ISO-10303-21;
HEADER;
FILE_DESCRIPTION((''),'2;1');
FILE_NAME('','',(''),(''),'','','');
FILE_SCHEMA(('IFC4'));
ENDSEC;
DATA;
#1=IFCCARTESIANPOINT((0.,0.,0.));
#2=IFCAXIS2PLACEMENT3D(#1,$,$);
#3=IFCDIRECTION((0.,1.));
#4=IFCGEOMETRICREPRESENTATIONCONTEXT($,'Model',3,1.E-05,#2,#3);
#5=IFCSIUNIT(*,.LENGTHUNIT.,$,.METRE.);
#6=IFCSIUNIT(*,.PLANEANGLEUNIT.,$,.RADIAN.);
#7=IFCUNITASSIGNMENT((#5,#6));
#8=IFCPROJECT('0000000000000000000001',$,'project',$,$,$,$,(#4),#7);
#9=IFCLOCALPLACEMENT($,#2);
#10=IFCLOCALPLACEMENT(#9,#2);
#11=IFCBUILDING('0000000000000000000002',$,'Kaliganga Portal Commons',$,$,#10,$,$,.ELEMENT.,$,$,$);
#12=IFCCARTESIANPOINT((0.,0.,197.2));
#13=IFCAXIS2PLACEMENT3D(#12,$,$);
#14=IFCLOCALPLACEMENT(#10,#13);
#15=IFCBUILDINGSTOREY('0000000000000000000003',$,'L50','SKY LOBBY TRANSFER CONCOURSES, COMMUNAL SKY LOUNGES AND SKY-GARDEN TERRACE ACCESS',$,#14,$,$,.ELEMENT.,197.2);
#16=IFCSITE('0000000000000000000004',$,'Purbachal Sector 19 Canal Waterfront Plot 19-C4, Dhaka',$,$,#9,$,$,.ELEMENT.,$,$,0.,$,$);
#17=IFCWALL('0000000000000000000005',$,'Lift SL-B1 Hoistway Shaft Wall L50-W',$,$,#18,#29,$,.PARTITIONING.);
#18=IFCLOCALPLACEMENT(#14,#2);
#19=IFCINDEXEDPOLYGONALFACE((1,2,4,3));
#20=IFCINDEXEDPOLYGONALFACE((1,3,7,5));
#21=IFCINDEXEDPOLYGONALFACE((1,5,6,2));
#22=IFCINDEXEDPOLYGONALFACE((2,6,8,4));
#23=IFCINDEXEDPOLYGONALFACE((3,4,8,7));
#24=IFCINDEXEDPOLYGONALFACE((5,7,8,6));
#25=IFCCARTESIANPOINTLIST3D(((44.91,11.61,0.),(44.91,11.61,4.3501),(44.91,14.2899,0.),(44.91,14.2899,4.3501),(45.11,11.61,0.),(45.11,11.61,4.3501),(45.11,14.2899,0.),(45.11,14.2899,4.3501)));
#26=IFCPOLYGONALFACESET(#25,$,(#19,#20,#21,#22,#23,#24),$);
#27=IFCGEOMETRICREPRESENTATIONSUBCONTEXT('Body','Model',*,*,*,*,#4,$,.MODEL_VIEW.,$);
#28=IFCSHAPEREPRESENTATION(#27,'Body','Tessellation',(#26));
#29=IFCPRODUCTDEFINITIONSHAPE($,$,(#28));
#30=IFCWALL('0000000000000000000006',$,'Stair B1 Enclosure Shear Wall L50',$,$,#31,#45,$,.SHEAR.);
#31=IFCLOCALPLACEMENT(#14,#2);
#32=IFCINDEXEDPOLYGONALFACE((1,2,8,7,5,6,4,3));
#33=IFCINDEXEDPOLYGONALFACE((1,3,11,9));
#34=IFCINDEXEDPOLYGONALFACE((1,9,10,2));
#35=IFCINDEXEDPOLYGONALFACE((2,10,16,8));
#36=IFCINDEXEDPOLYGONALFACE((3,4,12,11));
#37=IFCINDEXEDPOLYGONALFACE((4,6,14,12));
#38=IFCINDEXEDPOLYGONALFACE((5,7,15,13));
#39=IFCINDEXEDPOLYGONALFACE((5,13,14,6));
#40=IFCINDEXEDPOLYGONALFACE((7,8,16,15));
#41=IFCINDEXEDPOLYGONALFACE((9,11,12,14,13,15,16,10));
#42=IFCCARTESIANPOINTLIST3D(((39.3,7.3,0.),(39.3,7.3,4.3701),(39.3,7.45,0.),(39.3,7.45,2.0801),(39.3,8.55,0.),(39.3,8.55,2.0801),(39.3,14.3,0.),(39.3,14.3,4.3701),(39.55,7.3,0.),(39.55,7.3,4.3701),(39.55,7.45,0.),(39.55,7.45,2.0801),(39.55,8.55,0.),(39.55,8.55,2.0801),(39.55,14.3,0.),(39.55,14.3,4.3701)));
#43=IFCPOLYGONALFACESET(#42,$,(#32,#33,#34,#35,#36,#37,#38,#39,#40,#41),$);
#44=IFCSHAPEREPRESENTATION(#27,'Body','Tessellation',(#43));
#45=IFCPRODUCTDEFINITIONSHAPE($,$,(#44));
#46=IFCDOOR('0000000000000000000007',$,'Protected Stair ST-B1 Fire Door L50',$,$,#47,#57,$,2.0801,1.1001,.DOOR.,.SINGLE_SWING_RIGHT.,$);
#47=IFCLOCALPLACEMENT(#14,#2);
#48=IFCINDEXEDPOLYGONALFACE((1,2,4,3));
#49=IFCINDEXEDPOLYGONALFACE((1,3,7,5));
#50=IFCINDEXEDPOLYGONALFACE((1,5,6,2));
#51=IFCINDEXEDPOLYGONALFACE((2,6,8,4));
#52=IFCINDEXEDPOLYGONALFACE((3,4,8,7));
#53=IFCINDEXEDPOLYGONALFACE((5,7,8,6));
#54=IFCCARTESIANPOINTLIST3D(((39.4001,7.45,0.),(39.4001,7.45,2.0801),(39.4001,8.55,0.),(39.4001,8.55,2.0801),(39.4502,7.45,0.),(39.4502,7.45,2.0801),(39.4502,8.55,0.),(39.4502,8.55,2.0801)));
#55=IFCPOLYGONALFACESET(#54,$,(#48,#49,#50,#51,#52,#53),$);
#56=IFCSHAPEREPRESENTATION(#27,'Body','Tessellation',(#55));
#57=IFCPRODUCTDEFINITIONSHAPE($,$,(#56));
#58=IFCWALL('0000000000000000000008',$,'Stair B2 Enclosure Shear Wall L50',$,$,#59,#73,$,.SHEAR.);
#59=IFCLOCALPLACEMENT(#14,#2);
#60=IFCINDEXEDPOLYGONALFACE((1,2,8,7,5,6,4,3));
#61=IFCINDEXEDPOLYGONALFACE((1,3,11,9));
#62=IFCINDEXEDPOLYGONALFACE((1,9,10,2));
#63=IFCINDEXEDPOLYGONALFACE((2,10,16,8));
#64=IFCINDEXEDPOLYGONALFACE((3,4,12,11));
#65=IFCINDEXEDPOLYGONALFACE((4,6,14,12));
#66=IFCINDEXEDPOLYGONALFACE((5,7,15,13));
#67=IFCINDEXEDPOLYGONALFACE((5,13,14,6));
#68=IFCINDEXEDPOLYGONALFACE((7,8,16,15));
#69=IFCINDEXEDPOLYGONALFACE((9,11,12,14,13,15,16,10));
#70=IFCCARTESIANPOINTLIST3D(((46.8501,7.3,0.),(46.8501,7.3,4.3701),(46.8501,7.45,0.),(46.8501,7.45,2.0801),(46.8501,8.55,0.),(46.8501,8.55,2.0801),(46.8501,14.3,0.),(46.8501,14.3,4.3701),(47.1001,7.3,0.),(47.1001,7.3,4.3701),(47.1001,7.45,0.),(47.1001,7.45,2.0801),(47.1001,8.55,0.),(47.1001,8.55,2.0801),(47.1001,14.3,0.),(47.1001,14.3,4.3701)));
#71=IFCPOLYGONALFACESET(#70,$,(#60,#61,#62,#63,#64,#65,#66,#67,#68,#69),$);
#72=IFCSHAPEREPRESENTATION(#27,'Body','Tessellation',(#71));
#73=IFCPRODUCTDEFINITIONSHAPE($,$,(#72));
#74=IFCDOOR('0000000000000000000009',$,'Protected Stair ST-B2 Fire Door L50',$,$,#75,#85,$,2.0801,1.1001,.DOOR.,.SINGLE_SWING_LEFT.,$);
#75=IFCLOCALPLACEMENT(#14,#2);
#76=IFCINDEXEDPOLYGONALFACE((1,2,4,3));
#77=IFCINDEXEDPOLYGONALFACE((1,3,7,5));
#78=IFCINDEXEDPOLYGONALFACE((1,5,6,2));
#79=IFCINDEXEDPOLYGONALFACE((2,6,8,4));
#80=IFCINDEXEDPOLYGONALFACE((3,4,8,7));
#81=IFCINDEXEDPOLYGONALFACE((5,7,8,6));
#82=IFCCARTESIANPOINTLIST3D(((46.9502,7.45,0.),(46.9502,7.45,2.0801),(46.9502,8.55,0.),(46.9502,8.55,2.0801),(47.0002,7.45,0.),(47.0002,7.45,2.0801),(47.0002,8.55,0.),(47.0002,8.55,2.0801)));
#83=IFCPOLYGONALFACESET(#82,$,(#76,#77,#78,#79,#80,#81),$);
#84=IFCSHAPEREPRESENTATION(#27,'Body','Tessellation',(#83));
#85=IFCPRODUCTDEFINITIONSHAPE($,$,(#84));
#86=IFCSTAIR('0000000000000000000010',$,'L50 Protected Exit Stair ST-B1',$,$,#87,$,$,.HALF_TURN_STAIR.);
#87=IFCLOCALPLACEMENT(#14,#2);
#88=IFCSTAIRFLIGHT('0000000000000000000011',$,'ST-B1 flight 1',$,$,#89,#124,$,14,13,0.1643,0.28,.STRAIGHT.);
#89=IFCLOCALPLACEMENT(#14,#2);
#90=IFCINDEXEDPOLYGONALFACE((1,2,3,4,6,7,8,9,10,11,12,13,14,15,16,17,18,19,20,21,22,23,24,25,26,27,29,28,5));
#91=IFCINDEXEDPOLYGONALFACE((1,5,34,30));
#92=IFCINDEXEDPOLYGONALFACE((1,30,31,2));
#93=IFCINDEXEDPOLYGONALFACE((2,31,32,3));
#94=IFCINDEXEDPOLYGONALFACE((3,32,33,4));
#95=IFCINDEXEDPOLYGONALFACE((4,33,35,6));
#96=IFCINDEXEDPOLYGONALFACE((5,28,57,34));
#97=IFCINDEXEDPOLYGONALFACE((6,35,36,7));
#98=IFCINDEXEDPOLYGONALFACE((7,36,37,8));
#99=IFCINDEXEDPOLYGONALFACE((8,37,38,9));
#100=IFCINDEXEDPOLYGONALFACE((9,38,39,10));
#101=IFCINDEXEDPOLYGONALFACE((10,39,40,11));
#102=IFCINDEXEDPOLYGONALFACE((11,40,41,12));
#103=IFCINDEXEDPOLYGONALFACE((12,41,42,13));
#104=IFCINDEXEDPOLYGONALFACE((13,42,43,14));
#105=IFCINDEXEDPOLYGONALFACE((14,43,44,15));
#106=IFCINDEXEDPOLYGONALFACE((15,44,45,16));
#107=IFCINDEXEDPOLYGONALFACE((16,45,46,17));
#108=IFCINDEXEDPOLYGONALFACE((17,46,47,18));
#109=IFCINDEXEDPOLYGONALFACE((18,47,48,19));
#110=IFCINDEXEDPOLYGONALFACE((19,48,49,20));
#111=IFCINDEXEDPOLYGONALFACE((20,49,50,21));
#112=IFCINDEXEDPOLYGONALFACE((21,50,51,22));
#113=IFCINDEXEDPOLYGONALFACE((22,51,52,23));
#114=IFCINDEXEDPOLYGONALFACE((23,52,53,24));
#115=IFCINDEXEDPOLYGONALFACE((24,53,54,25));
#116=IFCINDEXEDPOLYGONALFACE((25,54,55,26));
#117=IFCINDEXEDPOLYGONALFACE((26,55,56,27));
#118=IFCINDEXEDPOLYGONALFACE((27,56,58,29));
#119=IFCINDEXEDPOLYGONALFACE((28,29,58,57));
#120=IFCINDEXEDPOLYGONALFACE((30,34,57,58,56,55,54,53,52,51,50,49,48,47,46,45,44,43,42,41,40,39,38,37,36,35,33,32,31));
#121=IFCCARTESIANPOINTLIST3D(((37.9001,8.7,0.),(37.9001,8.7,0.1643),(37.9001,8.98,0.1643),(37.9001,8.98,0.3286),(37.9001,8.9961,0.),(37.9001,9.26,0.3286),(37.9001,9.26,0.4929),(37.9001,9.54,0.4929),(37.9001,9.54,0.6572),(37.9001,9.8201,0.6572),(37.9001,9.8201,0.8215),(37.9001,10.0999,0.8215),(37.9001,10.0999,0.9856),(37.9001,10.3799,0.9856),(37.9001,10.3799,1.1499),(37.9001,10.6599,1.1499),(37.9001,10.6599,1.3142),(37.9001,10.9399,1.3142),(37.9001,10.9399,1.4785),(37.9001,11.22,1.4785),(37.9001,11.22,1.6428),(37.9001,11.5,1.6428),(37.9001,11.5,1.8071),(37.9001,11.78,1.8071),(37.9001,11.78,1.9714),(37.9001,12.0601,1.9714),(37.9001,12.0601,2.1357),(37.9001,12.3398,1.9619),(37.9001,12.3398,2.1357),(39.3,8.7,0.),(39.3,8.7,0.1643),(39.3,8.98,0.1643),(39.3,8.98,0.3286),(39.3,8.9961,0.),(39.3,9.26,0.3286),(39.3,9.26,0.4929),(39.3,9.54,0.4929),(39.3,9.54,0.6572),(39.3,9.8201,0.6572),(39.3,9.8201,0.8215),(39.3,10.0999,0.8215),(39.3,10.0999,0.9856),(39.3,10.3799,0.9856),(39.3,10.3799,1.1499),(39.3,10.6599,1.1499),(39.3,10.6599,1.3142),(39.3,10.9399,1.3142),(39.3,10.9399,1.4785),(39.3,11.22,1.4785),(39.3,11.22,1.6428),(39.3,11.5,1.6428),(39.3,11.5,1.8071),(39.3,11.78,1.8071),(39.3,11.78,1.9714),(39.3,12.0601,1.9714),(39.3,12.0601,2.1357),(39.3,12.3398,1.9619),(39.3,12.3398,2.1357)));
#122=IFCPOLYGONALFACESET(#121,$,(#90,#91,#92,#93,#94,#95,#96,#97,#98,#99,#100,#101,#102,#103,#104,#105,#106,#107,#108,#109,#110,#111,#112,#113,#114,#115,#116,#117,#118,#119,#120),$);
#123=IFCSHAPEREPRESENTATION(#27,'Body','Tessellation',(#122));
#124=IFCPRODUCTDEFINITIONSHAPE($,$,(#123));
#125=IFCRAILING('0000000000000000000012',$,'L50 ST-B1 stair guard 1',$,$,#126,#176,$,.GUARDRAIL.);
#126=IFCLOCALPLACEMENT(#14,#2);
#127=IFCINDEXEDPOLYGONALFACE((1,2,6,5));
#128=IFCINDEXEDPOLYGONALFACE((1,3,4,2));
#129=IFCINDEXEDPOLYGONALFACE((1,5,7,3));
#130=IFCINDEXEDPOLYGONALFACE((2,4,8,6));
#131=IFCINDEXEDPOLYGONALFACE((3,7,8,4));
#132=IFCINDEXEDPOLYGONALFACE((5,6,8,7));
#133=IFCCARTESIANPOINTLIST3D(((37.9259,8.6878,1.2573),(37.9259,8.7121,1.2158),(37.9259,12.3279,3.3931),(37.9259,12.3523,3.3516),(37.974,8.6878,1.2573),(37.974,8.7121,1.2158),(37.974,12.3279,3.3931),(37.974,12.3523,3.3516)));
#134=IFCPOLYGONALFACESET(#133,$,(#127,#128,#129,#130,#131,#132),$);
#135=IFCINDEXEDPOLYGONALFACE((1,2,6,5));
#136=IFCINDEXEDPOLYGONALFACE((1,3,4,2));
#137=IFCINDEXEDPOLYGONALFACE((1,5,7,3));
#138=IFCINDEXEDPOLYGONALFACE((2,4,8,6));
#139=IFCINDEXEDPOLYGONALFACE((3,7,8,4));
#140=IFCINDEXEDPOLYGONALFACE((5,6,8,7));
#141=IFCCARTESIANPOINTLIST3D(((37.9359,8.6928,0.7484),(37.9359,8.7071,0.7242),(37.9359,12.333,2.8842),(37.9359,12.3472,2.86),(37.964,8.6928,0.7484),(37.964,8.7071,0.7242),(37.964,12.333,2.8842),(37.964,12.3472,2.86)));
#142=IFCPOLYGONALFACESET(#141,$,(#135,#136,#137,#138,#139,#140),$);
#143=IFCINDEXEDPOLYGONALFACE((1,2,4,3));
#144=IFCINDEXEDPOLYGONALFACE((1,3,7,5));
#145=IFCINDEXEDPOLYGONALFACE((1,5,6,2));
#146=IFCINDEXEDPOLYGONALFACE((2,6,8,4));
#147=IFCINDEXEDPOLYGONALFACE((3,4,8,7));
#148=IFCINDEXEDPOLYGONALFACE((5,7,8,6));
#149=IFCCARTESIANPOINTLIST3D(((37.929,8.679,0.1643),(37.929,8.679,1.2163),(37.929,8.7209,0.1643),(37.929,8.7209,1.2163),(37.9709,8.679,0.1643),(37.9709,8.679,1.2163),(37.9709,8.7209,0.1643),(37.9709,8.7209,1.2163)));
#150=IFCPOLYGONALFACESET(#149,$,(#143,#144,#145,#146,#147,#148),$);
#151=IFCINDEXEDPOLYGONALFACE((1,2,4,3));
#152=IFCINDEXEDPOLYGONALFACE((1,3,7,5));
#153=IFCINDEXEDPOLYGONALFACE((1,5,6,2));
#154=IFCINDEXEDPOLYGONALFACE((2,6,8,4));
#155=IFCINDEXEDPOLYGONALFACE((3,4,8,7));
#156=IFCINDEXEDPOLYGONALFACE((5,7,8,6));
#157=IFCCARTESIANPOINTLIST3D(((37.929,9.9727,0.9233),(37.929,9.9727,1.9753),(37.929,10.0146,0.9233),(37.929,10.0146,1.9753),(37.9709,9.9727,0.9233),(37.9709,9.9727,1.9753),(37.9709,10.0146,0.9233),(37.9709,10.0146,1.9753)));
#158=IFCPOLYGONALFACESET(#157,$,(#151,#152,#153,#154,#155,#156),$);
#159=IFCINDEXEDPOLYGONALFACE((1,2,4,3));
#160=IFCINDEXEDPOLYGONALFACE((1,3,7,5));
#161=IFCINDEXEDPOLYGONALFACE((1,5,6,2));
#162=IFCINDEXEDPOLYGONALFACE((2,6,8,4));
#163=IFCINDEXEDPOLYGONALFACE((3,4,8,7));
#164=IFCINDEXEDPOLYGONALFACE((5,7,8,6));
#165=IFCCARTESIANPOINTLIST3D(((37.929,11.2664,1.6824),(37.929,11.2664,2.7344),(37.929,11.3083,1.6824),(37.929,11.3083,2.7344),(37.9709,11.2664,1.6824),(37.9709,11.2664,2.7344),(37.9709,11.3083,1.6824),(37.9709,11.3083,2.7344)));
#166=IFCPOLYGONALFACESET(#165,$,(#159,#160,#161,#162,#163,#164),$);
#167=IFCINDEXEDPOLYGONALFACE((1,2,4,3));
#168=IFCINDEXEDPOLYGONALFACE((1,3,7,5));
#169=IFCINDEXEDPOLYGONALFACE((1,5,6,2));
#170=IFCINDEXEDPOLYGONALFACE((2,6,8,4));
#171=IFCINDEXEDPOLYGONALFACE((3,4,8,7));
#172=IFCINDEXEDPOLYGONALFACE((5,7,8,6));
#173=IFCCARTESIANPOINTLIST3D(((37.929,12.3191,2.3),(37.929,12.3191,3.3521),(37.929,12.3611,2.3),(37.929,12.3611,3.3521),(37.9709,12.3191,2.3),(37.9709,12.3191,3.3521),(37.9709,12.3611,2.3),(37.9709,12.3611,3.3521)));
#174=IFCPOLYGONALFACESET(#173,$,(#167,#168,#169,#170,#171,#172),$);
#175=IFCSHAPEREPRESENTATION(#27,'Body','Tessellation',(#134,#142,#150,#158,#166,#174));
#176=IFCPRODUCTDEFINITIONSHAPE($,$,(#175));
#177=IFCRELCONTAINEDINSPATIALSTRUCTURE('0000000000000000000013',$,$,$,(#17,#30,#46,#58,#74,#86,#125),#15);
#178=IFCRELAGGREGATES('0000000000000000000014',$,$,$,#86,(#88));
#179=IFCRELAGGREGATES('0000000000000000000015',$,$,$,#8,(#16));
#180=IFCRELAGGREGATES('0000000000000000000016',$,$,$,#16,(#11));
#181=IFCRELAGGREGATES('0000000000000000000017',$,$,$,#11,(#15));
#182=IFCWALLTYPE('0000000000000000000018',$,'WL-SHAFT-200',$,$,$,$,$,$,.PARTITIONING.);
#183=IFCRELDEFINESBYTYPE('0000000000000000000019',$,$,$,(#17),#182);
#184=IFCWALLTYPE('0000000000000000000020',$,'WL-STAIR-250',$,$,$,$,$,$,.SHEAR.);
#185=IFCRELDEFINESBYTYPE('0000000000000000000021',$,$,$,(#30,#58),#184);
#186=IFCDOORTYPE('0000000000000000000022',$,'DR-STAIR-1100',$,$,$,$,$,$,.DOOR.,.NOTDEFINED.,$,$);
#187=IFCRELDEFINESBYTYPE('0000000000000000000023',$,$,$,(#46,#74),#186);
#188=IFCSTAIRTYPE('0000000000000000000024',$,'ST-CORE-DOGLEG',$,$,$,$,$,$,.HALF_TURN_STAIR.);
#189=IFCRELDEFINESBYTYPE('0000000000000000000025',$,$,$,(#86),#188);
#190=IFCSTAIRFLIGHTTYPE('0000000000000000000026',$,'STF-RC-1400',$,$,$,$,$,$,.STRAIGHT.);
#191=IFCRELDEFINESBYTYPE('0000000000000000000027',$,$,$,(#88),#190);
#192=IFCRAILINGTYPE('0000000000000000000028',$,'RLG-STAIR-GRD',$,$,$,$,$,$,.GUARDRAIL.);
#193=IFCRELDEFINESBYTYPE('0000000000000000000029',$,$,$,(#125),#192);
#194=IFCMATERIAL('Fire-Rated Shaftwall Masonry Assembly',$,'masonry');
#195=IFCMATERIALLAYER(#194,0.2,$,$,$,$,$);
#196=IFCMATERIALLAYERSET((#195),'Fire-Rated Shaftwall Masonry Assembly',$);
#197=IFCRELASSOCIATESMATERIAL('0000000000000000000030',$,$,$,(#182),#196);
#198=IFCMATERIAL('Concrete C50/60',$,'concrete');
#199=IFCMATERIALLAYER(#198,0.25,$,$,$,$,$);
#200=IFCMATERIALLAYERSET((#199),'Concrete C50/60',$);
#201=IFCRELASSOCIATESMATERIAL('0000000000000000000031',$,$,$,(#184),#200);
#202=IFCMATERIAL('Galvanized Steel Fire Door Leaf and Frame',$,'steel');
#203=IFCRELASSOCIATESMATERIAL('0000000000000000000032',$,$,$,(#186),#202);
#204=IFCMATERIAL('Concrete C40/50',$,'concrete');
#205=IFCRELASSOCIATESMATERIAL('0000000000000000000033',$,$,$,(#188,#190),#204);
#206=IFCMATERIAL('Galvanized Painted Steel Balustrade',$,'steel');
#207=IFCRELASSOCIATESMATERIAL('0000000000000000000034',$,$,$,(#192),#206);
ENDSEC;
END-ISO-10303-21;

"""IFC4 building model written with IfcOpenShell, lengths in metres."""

from ifc_helpers import new_model, si_unit, direction, frame, frame_2d, origin, origin_2d, place, context, subcontext, project, spatial, polyline, rectangle, outline, extrude, material, layer, layer_set, type_object, element, fill, aggregate, save


model = new_model("IFC4")

# Units and contexts
model_context = context("Model", 3, precision=1e-05, world=origin(), true_north=direction((0.0, 1.0)))
body_context = subcontext(model_context, "Body", "Model", "MODEL_VIEW")
ifc_project = project(units=[si_unit("LENGTHUNIT", "METRE"), si_unit("PLANEANGLEUNIT", "RADIAN")], contexts=[model_context])

# Site, building, storey
site_placement = place(None, origin())
site = spatial("IfcSite", under=ifc_project, at=site_placement, Name="Purbachal Sector 19 Canal Waterfront Plot 19-C4, Dhaka", CompositionType="ELEMENT", RefElevation=0.0)
building_placement = place(site_placement, origin())
building = spatial("IfcBuilding", under=site, at=building_placement, Name="Kaliganga Portal Commons", CompositionType="ELEMENT")
storey_placement = place(building_placement, frame((0.0, 0.0, 197.2)))
storey = spatial("IfcBuildingStorey", under=building, at=storey_placement, Name="L50", Description="SKY LOBBY TRANSFER CONCOURSES, COMMUNAL SKY LOUNGES AND SKY-GARDEN TERRACE ACCESS", CompositionType="ELEMENT", Elevation=197.2)

# Shared definitions
ifc_material_1 = material(Name="Concrete C50/60", Category="concrete")

# Shared definitions
ifc_material_2 = material(Name="Fire-Rated Shaftwall Masonry Assembly", Category="masonry")
ifc_layer_1 = layer(ifc_material_2, 0.2)
ifc_layer_set_1 = layer_set([ifc_layer_1], Name="Fire-Rated Shaftwall Masonry Assembly")
wall_type_1 = type_object("IfcWallType", Name="WL-SHAFT-200", PredefinedType="PARTITIONING", material=ifc_layer_set_1)

# Wall
wall_1_placement = place(storey_placement, frame((45.01, 11.6101, 0.0), z_axis=(0.0, 0.0, 1.0), x_axis=(0.0, 1.0, 0.0)))
element("IfcWall", 1, at=wall_1_placement, inside=storey, type_object=wall_type_1, Name="Lift SL-B1 Hoistway Shaft Wall L50-W", PredefinedType="PARTITIONING", context=body_context, shape_type="SweptSolid", body=[
    extrude(rectangle(XDim=2.6799, YDim=0.2, at=frame_2d((1.3398, 0.0))), origin(), (0.0, 0.0, 1.0), 4.3501),
])

# Walls, openings, doors
ifc_layer_2 = layer(ifc_material_1, 0.25)
ifc_layer_set_2 = layer_set([ifc_layer_2], Name="Concrete C50/60")
wall_type_2 = type_object("IfcWallType", Name="WL-STAIR-250", PredefinedType="SHEAR", material=ifc_layer_set_2)
wall_2_placement = place(storey_placement, frame((39.425, 7.3, 0.0), z_axis=(0.0, 0.0, 1.0), x_axis=(0.0, 1.0, 0.0)))
wall_2 = element("IfcWall", 2, at=wall_2_placement, inside=storey, type_object=wall_type_2, Name="Stair B1 Enclosure Shear Wall L50", PredefinedType="SHEAR", context=body_context, shape_type="SweptSolid", body=[
    extrude(rectangle(XDim=7.0, YDim=0.25, at=frame_2d((3.5, 0.0))), origin(), (0.0, 0.0, 1.0), 4.3701),
])
opening_1_placement = place(wall_2_placement, frame((0.1499, 0.0, 0.0)))
opening_1 = element("IfcOpeningElement", 3, at=opening_1_placement, cuts=wall_2, PredefinedType="OPENING", context=body_context, shape_type="SweptSolid", body=[
    extrude(rectangle(XDim=1.1001, YDim=2.0801, at=frame_2d((0.55, 1.04))), frame((0.0, 0.135, 0.0), z_axis=(0.0, -1.0, 0.0), x_axis=(1.0, 0.0, 0.0)), (0.0, 0.0, 1.0), 0.27),
])
ifc_material_3 = material(Name="Galvanized Steel Fire Door Leaf and Frame", Category="steel")
door_type_1 = type_object("IfcDoorType", Name="DR-STAIR-1100", OperationType="NOTDEFINED", PredefinedType="DOOR", material=ifc_material_3)
door_1_placement = place(opening_1_placement, origin())
door_1 = element("IfcDoor", 4, at=door_1_placement, inside=storey, type_object=door_type_1, Name="Protected Stair ST-B1 Fire Door L50", OperationType="SINGLE_SWING_RIGHT", OverallHeight=2.0801, OverallWidth=1.1001, PredefinedType="DOOR", context=body_context, shape_type="SweptSolid", body=[
    extrude(rectangle(XDim=1.1001, YDim=2.0801, at=frame_2d((0.55, 1.04))), frame((0.0, 0.0249, 0.0), z_axis=(0.0, -1.0, 0.0), x_axis=(1.0, 0.0, 0.0)), (0.0, 0.0, 1.0), 0.05),
])
fill(opening_1, door_1)
wall_3_placement = place(storey_placement, frame((46.9751, 7.3, 0.0), z_axis=(0.0, 0.0, 1.0), x_axis=(0.0, 1.0, 0.0)))
wall_3 = element("IfcWall", 5, at=wall_3_placement, inside=storey, type_object=wall_type_2, Name="Stair B2 Enclosure Shear Wall L50", PredefinedType="SHEAR", context=body_context, shape_type="SweptSolid", body=[
    extrude(rectangle(XDim=7.0, YDim=0.25, at=frame_2d((3.5, 0.0))), origin(), (0.0, 0.0, 1.0), 4.3701),
])
opening_2_placement = place(wall_3_placement, frame((0.1499, 0.0, 0.0)))
opening_2 = element("IfcOpeningElement", 6, at=opening_2_placement, cuts=wall_3, PredefinedType="OPENING", context=body_context, shape_type="SweptSolid", body=[
    extrude(rectangle(XDim=1.1001, YDim=2.0801, at=frame_2d((0.55, 1.04))), frame((0.0, 0.135, 0.0), z_axis=(0.0, -1.0, 0.0), x_axis=(1.0, 0.0, 0.0)), (0.0, 0.0, 1.0), 0.27),
])
door_2_placement = place(opening_2_placement, origin())
door_2 = element("IfcDoor", 7, at=door_2_placement, inside=storey, type_object=door_type_1, Name="Protected Stair ST-B2 Fire Door L50", OperationType="SINGLE_SWING_LEFT", OverallHeight=2.0801, OverallWidth=1.1001, PredefinedType="DOOR", context=body_context, shape_type="SweptSolid", body=[
    extrude(rectangle(XDim=1.1001, YDim=2.0801, at=frame_2d((0.55, 1.04))), frame((0.0, 0.0249, 0.0), z_axis=(0.0, -1.0, 0.0), x_axis=(1.0, 0.0, 0.0)), (0.0, 0.0, 1.0), 0.05),
])
fill(opening_2, door_2)

# Stair, stair flight
ifc_material_4 = material(Name="Concrete C40/50", Category="concrete")
stair_type = type_object("IfcStairType", Name="ST-CORE-DOGLEG", PredefinedType="HALF_TURN_STAIR", material=ifc_material_4)
stair_placement = place(storey_placement, origin())
stair = element("IfcStair", 8, at=stair_placement, inside=storey, type_object=stair_type, Name="L50 Protected Exit Stair ST-B1", PredefinedType="HALF_TURN_STAIR")
stair_flight_type = type_object("IfcStairFlightType", Name="STF-RC-1400", PredefinedType="STRAIGHT", material=ifc_material_4)
stair_flight_placement = place(storey_placement, frame((38.6001, 8.7, 0.0), z_axis=(0.0, 0.0, 1.0), x_axis=(0.0, 1.0, 0.0)))
stair_flight = element("IfcStairFlight", 9, at=stair_flight_placement, type_object=stair_flight_type, Name="ST-B1 flight 1", NumberOfRisers=14, NumberOfTreads=13, PredefinedType="STRAIGHT", RiserHeight=0.1643, TreadLength=0.28, context=body_context, shape_type="SweptSolid", body=[
    extrude(outline(polyline([(0.0, 0.0), (0.0, 0.1643), (0.28, 0.1643), (0.28, 0.3286), (0.5601, 0.3286), (0.5601, 0.4929), (0.8401, 0.4929), (0.8401, 0.6572), (1.1201, 0.6572), (1.1201, 0.8215), (1.3999, 0.8215), (1.3999, 0.9856), (1.6799, 0.9856), (1.6799, 1.1499), (1.96, 1.1499), (1.96, 1.3142), (2.24, 1.3142), (2.24, 1.4785), (2.52, 1.4785), (2.52, 1.6428), (2.8, 1.6428), (2.8, 1.8071), (3.0801, 1.8071), (3.0801, 1.9714), (3.3601, 1.9714), (3.3601, 2.1357), (3.6399, 2.1357), (3.6399, 2.3), (3.6399, 1.9619), (0.2961, 0.0), (0.0, 0.0)])), frame((0.0, 0.7, 0.0), z_axis=(0.0, -1.0, 0.0), x_axis=(1.0, 0.0, 0.0)), (0.0, 0.0, 1.0), 1.3999),
])
aggregate(stair, [stair_flight])

# Railing
ifc_material_5 = material(Name="Galvanized Painted Steel Balustrade", Category="steel")
railing_type_1 = type_object("IfcRailingType", Name="RLG-STAIR-GRD", PredefinedType="GUARDRAIL", material=ifc_material_5)
railing_1_placement = place(storey_placement, frame((37.95, 8.7, 0.1643)))
element("IfcRailing", 10, at=railing_1_placement, inside=storey, type_object=railing_type_1, Name="L50 ST-B1 stair guard 1", PredefinedType="GUARDRAIL", context=body_context, shape_type="SweptSolid", body=[
    extrude(rectangle(XDim=0.0481, YDim=0.0481, at=origin_2d()), frame((0.0, 0.0, 1.0723), z_axis=(0.0, 0.862505, 0.506049), x_axis=(-1.0, 0.0, 0.0)), (0.0, 0.0, 1.0), 4.2205),
    extrude(rectangle(XDim=0.0281, YDim=0.0281, at=origin_2d()), frame((0.0, 0.0, 0.572), z_axis=(0.0, 0.862505, 0.506049), x_axis=(-1.0, 0.0, 0.0)), (0.0, 0.0, 1.0), 4.2205),
    extrude(rectangle(XDim=0.042, YDim=0.042, at=origin_2d()), origin(), (0.0, 0.0, 1.0), 1.052),
    extrude(rectangle(XDim=0.042, YDim=0.042, at=origin_2d()), frame((0.0, 1.2937, 0.759)), (0.0, 0.0, 1.0), 1.052),
    extrude(rectangle(XDim=0.042, YDim=0.042, at=origin_2d()), frame((0.0, 2.5874, 1.5181)), (0.0, 0.0, 1.0), 1.052),
    extrude(rectangle(XDim=0.042, YDim=0.042, at=origin_2d()), frame((0.0, 3.6401, 2.1357)), (0.0, 0.0, 1.0), 1.052),
])

save(model, "model.ifc")
